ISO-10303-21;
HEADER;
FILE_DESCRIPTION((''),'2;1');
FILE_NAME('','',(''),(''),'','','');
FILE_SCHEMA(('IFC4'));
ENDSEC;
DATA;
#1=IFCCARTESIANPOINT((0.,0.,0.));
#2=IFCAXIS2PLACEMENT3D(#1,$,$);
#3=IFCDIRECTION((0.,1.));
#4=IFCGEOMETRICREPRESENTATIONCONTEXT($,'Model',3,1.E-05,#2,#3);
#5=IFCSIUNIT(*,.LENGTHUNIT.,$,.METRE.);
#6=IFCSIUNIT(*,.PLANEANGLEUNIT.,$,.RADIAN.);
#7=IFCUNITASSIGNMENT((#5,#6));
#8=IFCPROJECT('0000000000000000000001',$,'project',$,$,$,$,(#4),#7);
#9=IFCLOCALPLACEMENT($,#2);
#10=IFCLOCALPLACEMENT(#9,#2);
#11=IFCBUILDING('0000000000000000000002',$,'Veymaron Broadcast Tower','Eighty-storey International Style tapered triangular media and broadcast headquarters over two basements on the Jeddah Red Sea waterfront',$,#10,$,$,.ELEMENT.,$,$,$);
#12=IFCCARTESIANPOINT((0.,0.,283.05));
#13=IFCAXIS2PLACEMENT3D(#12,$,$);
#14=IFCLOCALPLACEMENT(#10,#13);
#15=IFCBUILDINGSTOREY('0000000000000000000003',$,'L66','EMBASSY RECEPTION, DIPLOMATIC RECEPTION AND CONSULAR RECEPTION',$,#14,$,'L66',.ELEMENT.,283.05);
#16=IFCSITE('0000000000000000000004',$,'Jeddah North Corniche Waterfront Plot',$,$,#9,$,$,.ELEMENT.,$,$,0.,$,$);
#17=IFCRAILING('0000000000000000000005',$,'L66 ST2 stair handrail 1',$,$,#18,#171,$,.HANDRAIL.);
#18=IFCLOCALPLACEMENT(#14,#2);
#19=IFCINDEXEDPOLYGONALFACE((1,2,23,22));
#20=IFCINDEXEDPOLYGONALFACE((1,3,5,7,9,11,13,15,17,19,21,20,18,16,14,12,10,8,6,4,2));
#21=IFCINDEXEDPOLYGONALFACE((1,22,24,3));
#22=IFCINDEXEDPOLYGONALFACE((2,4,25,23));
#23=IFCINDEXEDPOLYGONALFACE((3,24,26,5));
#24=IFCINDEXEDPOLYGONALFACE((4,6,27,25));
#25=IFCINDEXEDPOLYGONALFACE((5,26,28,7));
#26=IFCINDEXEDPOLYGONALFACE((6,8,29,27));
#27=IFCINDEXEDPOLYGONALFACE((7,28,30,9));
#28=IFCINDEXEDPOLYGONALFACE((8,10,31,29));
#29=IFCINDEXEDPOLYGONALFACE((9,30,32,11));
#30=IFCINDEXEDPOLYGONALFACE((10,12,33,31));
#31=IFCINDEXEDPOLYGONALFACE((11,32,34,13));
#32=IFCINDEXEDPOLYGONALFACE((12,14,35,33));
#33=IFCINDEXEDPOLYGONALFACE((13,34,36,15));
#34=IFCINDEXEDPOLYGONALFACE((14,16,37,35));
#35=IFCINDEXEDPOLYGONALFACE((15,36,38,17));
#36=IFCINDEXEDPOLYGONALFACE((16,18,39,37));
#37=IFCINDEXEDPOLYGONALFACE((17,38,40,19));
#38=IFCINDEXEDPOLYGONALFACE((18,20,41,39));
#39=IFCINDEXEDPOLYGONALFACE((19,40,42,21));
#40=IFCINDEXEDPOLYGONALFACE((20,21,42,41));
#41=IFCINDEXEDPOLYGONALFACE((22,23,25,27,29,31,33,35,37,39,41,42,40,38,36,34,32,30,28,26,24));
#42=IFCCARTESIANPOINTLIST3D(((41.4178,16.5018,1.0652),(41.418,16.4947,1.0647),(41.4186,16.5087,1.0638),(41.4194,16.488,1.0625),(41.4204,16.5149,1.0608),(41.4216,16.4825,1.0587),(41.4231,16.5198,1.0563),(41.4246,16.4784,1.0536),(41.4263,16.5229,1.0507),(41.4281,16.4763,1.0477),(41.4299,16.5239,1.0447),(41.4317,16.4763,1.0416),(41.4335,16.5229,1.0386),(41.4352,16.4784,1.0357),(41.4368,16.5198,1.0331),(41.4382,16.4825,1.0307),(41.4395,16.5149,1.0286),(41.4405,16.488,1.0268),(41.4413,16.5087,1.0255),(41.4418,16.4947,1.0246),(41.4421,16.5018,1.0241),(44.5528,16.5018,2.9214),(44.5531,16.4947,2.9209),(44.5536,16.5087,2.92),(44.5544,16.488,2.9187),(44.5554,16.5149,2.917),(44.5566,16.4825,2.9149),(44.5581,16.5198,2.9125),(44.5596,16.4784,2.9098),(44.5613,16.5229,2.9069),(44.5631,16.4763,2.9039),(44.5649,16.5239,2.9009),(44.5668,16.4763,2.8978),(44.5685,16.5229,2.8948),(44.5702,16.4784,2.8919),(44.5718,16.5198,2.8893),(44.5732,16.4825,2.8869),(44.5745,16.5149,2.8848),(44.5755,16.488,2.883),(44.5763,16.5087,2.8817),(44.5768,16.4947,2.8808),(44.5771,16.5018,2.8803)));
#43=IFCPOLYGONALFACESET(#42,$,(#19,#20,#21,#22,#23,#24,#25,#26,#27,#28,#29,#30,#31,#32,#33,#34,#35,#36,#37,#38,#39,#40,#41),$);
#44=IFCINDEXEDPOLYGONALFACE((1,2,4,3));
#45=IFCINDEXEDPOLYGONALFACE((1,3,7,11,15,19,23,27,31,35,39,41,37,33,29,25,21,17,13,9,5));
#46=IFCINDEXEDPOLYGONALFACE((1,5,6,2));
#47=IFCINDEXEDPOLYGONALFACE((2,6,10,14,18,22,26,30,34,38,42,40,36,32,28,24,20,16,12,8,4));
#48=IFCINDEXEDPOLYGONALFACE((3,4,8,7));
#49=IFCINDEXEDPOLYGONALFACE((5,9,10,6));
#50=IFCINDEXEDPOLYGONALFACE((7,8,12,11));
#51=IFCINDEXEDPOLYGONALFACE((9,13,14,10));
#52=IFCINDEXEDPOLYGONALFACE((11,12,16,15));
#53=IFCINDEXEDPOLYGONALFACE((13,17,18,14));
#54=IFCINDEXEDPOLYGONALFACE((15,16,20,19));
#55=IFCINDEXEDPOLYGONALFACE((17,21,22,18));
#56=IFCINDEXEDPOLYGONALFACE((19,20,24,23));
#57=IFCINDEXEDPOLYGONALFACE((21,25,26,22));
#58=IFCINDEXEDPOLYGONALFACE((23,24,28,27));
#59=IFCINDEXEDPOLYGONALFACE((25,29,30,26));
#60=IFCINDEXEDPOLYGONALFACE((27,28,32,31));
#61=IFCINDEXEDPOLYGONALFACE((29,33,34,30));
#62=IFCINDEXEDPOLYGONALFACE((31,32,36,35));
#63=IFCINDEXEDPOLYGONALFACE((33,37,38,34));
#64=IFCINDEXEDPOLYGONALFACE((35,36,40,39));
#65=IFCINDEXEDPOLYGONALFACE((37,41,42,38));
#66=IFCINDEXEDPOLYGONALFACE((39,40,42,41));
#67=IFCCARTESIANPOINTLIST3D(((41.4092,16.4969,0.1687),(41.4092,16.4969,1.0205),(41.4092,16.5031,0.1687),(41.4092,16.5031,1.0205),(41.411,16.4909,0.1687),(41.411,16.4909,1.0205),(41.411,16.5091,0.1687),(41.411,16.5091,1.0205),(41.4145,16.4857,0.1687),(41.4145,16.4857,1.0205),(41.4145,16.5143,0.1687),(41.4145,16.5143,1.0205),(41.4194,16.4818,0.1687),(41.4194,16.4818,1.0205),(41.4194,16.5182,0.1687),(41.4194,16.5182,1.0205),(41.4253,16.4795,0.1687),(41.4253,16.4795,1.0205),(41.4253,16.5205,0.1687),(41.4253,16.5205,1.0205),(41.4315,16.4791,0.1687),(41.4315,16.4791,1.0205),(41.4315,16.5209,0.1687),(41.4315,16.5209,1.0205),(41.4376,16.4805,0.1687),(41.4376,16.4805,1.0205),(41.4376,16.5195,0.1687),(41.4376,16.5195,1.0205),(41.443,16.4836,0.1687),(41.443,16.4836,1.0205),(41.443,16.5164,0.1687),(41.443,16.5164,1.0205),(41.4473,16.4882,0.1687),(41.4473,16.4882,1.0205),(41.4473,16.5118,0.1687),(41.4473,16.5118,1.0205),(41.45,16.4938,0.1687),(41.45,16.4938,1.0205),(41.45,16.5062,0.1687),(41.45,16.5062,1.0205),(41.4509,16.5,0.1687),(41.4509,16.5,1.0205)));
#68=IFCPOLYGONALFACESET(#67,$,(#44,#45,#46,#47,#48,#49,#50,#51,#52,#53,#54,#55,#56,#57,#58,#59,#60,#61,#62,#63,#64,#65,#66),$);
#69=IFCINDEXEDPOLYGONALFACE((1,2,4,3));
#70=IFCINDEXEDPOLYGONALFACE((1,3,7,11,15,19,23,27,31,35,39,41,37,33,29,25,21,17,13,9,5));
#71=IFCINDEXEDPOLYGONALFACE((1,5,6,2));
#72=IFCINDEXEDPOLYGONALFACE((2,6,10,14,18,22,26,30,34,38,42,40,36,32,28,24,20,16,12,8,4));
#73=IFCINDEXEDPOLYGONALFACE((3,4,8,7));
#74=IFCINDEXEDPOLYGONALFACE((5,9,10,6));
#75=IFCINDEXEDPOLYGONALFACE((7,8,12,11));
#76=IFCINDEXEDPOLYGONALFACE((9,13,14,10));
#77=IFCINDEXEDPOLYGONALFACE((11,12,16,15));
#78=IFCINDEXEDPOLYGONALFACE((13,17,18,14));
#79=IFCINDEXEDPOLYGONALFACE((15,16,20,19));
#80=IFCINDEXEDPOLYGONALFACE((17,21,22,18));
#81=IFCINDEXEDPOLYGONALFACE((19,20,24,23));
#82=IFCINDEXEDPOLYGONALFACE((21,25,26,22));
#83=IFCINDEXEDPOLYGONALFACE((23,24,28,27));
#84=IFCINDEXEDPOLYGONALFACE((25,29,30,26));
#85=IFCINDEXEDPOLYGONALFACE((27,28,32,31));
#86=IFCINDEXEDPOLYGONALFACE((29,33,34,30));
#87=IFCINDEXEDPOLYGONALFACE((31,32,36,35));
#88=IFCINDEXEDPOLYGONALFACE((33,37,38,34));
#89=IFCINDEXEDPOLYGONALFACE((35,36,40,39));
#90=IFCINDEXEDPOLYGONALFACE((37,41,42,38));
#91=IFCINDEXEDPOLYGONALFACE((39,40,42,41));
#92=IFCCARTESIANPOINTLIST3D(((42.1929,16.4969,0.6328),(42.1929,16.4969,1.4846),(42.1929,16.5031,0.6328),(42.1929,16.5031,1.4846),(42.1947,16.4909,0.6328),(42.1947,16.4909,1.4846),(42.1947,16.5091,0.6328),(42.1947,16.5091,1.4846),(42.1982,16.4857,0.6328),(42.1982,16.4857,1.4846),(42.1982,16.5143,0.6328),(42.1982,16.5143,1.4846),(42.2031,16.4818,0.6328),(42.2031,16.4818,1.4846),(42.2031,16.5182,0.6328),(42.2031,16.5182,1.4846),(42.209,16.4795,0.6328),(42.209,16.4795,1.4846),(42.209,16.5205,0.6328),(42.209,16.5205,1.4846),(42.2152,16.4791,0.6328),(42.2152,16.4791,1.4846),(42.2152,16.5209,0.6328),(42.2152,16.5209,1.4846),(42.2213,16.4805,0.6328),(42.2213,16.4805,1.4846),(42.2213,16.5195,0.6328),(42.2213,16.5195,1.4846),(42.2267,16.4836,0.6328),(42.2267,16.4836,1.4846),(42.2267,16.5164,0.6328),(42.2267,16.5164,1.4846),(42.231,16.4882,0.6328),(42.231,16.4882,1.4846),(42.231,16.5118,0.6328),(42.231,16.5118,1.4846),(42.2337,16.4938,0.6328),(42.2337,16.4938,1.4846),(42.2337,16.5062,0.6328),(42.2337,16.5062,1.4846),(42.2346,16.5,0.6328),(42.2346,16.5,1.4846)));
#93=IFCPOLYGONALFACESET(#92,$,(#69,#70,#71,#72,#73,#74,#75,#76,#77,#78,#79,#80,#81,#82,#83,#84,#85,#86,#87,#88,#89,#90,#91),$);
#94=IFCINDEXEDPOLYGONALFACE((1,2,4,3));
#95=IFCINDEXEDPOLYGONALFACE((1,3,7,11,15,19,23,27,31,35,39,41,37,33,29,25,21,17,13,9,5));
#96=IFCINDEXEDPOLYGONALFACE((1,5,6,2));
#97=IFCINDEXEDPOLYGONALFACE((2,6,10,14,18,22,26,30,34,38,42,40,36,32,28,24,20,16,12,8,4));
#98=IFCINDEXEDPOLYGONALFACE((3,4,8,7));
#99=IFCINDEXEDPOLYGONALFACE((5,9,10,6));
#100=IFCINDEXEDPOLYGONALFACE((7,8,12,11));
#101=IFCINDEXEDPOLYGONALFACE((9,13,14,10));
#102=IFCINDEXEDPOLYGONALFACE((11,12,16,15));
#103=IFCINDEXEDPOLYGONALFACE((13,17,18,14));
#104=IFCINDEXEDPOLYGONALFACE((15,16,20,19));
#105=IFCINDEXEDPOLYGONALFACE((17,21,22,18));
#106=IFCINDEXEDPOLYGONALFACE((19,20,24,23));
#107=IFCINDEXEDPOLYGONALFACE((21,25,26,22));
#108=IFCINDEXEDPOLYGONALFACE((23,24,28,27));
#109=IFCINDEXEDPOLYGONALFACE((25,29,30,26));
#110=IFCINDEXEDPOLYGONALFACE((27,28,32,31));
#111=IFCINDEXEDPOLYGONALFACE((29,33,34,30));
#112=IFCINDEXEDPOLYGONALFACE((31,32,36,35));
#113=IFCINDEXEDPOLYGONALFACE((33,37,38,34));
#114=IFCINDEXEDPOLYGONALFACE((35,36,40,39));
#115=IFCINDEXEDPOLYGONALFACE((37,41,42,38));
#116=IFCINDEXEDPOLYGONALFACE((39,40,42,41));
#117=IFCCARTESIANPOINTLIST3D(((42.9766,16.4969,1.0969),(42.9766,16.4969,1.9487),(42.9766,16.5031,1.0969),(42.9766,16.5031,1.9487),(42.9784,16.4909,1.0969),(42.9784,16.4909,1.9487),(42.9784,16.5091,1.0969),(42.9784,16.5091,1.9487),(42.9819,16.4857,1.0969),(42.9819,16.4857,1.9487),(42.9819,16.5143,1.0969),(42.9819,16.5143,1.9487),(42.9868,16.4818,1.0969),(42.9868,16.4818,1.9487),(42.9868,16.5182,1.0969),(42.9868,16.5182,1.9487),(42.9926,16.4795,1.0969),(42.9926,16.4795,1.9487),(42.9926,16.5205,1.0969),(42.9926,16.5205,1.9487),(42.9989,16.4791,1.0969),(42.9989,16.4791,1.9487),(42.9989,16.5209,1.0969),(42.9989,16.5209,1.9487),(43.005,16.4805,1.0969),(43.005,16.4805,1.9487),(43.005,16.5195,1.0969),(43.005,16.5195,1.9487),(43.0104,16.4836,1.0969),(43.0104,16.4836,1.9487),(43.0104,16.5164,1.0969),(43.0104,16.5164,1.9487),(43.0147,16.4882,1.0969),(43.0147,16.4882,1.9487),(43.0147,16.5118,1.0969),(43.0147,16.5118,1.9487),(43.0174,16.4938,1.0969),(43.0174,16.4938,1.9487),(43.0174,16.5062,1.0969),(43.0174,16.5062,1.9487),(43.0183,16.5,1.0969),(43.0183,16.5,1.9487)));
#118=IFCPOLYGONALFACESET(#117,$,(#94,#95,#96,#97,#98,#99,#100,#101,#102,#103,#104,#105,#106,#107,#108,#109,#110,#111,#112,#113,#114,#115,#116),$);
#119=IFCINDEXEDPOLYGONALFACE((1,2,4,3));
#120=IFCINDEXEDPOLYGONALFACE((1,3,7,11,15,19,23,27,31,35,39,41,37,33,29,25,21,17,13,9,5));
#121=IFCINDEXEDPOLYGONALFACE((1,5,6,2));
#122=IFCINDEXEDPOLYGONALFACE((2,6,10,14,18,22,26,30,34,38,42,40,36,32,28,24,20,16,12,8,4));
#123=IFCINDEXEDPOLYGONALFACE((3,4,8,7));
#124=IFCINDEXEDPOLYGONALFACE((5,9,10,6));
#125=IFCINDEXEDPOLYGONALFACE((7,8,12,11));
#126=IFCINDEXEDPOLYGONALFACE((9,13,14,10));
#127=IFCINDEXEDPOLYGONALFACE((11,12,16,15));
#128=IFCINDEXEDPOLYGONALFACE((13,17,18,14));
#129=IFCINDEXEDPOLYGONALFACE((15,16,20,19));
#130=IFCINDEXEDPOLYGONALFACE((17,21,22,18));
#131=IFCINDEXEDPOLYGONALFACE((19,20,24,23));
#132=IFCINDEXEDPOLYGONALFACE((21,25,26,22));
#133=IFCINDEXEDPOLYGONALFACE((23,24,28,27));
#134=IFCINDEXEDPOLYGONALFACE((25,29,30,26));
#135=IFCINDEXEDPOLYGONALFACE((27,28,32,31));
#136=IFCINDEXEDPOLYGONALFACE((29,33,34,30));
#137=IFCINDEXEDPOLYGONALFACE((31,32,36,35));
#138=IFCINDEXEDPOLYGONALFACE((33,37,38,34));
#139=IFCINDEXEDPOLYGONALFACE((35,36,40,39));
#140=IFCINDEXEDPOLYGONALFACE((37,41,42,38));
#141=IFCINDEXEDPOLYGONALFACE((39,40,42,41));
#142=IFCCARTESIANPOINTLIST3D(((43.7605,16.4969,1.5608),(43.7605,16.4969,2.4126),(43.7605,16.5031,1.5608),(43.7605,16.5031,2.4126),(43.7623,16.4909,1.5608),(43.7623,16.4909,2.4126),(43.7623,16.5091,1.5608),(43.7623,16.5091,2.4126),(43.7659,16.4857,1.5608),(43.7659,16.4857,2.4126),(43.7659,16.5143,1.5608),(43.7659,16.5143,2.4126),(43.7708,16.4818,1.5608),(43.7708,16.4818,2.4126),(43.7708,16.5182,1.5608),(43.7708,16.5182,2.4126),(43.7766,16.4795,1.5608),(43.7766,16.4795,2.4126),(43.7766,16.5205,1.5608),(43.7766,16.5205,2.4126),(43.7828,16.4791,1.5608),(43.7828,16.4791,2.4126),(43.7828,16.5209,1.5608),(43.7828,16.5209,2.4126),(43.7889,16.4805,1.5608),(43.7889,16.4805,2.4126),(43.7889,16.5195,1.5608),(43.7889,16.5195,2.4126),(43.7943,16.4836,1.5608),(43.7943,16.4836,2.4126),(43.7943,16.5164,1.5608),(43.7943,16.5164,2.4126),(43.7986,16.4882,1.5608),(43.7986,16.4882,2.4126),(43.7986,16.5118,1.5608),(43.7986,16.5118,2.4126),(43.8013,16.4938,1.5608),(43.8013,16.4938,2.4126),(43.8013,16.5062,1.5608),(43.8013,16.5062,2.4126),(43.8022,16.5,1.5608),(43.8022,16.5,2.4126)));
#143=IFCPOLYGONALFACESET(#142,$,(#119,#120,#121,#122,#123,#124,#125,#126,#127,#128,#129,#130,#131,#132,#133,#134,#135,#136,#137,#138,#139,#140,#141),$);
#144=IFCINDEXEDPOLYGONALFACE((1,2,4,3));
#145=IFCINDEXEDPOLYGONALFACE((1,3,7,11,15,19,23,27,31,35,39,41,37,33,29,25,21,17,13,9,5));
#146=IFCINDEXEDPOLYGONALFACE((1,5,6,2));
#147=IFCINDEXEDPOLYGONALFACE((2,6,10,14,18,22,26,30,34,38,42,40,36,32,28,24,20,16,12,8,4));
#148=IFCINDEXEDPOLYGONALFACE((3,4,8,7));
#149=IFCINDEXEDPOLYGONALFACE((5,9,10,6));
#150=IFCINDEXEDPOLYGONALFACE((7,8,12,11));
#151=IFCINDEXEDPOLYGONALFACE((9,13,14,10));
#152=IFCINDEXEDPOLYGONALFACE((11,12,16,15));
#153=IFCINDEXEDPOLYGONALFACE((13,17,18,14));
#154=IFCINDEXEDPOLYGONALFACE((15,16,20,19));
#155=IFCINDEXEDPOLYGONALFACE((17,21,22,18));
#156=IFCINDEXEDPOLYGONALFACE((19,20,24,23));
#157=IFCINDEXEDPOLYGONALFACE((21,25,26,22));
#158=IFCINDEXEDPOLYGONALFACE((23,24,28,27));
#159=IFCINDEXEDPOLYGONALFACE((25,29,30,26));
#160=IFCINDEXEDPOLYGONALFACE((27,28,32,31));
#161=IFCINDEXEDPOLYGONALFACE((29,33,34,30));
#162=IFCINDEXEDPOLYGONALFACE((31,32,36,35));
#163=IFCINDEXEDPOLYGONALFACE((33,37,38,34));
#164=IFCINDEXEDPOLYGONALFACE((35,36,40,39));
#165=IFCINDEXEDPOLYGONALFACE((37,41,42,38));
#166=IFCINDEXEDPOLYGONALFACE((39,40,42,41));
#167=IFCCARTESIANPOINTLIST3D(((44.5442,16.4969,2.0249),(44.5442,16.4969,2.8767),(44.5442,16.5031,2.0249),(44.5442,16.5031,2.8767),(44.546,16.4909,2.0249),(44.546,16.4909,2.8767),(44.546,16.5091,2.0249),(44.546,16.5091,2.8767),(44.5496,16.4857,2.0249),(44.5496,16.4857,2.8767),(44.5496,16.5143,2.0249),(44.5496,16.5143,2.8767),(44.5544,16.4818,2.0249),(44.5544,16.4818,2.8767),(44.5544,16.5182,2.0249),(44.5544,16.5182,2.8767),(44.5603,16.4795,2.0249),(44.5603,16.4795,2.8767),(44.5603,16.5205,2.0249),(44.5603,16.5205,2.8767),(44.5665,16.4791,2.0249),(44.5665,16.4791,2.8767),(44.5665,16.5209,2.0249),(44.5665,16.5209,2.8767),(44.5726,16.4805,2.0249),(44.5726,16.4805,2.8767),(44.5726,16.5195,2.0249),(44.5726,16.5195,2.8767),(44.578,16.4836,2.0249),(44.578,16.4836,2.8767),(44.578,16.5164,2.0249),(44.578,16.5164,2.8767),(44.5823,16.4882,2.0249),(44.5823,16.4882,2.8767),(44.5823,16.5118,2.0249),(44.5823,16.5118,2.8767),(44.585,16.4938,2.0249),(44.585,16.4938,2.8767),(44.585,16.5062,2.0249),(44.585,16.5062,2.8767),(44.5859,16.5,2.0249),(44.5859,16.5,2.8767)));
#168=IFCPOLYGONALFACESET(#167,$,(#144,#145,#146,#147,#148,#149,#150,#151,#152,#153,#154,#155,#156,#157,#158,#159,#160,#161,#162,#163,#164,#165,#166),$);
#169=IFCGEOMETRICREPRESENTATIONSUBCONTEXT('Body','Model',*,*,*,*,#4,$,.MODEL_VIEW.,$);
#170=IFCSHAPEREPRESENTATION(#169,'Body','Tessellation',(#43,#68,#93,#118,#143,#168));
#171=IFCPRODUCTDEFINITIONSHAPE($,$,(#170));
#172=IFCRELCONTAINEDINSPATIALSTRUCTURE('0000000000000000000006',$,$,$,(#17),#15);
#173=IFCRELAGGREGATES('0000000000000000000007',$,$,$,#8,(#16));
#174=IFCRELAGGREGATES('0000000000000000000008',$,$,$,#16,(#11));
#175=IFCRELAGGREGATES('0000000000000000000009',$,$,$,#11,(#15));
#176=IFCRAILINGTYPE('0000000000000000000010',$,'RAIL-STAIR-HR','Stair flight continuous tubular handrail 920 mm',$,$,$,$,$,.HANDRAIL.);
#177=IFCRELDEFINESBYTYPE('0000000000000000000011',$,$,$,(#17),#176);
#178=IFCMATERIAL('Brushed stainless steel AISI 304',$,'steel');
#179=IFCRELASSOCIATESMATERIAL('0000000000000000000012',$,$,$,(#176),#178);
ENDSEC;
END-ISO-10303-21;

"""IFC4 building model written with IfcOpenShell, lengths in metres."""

from ifc_helpers import new_model, si_unit, direction, frame, origin, origin_2d, place, context, subcontext, project, spatial, circle, extrude, material, type_object, element, save


model = new_model("IFC4")

# Units and contexts
model_context = context("Model", 3, precision=1e-05, world=origin(), true_north=direction((0.0, 1.0)))
body_context = subcontext(model_context, "Body", "Model", "MODEL_VIEW")
ifc_project = project(units=[si_unit("LENGTHUNIT", "METRE"), si_unit("PLANEANGLEUNIT", "RADIAN")], contexts=[model_context])

# Site, building, storey
site_placement = place(None, origin())
site = spatial("IfcSite", under=ifc_project, at=site_placement, Name="Jeddah North Corniche Waterfront Plot", CompositionType="ELEMENT", RefElevation=0.0)
building_placement = place(site_placement, origin())
building = spatial("IfcBuilding", under=site, at=building_placement, Name="Veymaron Broadcast Tower", Description="Eighty-storey International Style tapered triangular media and broadcast headquarters over two basements on the Jeddah Red Sea waterfront", CompositionType="ELEMENT")
storey_placement = place(building_placement, frame((0.0, 0.0, 283.05)))
storey = spatial("IfcBuildingStorey", under=building, at=storey_placement, Name="L66", Description="EMBASSY RECEPTION, DIPLOMATIC RECEPTION AND CONSULAR RECEPTION", LongName="L66", CompositionType="ELEMENT", Elevation=283.05)

# Railing
ifc_material_1 = material(Name="Brushed stainless steel AISI 304", Category="steel")
railing_type_1 = type_object("IfcRailingType", Name="RAIL-STAIR-HR", Description="Stair flight continuous tubular handrail 920 mm", PredefinedType="HANDRAIL", material=ifc_material_1)
railing_1_placement = place(storey_placement, frame((41.4299, 16.5, 0.1687)))
element("IfcRailing", 1, at=railing_1_placement, inside=storey, type_object=railing_type_1, Name="L66 ST2 stair handrail 1", PredefinedType="HANDRAIL", context=body_context, shape_type="SweptSolid", body=[
    extrude(circle(Radius=0.0239, at=origin_2d()), frame((0.0, 0.0, 0.876), z_axis=(0.860482, 0.0, 0.509481), x_axis=(0.0, 1.0, 0.0)), (0.0, 0.0, 1.0), 3.6433),
    extrude(circle(Radius=0.021, at=origin_2d()), origin(), (0.0, 0.0, 1.0), 0.8518),
    extrude(circle(Radius=0.021, at=origin_2d()), frame((0.7837, 0.0, 0.4641)), (0.0, 0.0, 1.0), 0.8518),
    extrude(circle(Radius=0.021, at=origin_2d()), frame((1.5674, 0.0, 0.9282)), (0.0, 0.0, 1.0), 0.8518),
    extrude(circle(Radius=0.021, at=origin_2d()), frame((2.3513, 0.0, 1.3921)), (0.0, 0.0, 1.0), 0.8518),
    extrude(circle(Radius=0.021, at=origin_2d()), frame((3.135, 0.0, 1.8562)), (0.0, 0.0, 1.0), 0.8518),
])

save(model, "model.ifc")
